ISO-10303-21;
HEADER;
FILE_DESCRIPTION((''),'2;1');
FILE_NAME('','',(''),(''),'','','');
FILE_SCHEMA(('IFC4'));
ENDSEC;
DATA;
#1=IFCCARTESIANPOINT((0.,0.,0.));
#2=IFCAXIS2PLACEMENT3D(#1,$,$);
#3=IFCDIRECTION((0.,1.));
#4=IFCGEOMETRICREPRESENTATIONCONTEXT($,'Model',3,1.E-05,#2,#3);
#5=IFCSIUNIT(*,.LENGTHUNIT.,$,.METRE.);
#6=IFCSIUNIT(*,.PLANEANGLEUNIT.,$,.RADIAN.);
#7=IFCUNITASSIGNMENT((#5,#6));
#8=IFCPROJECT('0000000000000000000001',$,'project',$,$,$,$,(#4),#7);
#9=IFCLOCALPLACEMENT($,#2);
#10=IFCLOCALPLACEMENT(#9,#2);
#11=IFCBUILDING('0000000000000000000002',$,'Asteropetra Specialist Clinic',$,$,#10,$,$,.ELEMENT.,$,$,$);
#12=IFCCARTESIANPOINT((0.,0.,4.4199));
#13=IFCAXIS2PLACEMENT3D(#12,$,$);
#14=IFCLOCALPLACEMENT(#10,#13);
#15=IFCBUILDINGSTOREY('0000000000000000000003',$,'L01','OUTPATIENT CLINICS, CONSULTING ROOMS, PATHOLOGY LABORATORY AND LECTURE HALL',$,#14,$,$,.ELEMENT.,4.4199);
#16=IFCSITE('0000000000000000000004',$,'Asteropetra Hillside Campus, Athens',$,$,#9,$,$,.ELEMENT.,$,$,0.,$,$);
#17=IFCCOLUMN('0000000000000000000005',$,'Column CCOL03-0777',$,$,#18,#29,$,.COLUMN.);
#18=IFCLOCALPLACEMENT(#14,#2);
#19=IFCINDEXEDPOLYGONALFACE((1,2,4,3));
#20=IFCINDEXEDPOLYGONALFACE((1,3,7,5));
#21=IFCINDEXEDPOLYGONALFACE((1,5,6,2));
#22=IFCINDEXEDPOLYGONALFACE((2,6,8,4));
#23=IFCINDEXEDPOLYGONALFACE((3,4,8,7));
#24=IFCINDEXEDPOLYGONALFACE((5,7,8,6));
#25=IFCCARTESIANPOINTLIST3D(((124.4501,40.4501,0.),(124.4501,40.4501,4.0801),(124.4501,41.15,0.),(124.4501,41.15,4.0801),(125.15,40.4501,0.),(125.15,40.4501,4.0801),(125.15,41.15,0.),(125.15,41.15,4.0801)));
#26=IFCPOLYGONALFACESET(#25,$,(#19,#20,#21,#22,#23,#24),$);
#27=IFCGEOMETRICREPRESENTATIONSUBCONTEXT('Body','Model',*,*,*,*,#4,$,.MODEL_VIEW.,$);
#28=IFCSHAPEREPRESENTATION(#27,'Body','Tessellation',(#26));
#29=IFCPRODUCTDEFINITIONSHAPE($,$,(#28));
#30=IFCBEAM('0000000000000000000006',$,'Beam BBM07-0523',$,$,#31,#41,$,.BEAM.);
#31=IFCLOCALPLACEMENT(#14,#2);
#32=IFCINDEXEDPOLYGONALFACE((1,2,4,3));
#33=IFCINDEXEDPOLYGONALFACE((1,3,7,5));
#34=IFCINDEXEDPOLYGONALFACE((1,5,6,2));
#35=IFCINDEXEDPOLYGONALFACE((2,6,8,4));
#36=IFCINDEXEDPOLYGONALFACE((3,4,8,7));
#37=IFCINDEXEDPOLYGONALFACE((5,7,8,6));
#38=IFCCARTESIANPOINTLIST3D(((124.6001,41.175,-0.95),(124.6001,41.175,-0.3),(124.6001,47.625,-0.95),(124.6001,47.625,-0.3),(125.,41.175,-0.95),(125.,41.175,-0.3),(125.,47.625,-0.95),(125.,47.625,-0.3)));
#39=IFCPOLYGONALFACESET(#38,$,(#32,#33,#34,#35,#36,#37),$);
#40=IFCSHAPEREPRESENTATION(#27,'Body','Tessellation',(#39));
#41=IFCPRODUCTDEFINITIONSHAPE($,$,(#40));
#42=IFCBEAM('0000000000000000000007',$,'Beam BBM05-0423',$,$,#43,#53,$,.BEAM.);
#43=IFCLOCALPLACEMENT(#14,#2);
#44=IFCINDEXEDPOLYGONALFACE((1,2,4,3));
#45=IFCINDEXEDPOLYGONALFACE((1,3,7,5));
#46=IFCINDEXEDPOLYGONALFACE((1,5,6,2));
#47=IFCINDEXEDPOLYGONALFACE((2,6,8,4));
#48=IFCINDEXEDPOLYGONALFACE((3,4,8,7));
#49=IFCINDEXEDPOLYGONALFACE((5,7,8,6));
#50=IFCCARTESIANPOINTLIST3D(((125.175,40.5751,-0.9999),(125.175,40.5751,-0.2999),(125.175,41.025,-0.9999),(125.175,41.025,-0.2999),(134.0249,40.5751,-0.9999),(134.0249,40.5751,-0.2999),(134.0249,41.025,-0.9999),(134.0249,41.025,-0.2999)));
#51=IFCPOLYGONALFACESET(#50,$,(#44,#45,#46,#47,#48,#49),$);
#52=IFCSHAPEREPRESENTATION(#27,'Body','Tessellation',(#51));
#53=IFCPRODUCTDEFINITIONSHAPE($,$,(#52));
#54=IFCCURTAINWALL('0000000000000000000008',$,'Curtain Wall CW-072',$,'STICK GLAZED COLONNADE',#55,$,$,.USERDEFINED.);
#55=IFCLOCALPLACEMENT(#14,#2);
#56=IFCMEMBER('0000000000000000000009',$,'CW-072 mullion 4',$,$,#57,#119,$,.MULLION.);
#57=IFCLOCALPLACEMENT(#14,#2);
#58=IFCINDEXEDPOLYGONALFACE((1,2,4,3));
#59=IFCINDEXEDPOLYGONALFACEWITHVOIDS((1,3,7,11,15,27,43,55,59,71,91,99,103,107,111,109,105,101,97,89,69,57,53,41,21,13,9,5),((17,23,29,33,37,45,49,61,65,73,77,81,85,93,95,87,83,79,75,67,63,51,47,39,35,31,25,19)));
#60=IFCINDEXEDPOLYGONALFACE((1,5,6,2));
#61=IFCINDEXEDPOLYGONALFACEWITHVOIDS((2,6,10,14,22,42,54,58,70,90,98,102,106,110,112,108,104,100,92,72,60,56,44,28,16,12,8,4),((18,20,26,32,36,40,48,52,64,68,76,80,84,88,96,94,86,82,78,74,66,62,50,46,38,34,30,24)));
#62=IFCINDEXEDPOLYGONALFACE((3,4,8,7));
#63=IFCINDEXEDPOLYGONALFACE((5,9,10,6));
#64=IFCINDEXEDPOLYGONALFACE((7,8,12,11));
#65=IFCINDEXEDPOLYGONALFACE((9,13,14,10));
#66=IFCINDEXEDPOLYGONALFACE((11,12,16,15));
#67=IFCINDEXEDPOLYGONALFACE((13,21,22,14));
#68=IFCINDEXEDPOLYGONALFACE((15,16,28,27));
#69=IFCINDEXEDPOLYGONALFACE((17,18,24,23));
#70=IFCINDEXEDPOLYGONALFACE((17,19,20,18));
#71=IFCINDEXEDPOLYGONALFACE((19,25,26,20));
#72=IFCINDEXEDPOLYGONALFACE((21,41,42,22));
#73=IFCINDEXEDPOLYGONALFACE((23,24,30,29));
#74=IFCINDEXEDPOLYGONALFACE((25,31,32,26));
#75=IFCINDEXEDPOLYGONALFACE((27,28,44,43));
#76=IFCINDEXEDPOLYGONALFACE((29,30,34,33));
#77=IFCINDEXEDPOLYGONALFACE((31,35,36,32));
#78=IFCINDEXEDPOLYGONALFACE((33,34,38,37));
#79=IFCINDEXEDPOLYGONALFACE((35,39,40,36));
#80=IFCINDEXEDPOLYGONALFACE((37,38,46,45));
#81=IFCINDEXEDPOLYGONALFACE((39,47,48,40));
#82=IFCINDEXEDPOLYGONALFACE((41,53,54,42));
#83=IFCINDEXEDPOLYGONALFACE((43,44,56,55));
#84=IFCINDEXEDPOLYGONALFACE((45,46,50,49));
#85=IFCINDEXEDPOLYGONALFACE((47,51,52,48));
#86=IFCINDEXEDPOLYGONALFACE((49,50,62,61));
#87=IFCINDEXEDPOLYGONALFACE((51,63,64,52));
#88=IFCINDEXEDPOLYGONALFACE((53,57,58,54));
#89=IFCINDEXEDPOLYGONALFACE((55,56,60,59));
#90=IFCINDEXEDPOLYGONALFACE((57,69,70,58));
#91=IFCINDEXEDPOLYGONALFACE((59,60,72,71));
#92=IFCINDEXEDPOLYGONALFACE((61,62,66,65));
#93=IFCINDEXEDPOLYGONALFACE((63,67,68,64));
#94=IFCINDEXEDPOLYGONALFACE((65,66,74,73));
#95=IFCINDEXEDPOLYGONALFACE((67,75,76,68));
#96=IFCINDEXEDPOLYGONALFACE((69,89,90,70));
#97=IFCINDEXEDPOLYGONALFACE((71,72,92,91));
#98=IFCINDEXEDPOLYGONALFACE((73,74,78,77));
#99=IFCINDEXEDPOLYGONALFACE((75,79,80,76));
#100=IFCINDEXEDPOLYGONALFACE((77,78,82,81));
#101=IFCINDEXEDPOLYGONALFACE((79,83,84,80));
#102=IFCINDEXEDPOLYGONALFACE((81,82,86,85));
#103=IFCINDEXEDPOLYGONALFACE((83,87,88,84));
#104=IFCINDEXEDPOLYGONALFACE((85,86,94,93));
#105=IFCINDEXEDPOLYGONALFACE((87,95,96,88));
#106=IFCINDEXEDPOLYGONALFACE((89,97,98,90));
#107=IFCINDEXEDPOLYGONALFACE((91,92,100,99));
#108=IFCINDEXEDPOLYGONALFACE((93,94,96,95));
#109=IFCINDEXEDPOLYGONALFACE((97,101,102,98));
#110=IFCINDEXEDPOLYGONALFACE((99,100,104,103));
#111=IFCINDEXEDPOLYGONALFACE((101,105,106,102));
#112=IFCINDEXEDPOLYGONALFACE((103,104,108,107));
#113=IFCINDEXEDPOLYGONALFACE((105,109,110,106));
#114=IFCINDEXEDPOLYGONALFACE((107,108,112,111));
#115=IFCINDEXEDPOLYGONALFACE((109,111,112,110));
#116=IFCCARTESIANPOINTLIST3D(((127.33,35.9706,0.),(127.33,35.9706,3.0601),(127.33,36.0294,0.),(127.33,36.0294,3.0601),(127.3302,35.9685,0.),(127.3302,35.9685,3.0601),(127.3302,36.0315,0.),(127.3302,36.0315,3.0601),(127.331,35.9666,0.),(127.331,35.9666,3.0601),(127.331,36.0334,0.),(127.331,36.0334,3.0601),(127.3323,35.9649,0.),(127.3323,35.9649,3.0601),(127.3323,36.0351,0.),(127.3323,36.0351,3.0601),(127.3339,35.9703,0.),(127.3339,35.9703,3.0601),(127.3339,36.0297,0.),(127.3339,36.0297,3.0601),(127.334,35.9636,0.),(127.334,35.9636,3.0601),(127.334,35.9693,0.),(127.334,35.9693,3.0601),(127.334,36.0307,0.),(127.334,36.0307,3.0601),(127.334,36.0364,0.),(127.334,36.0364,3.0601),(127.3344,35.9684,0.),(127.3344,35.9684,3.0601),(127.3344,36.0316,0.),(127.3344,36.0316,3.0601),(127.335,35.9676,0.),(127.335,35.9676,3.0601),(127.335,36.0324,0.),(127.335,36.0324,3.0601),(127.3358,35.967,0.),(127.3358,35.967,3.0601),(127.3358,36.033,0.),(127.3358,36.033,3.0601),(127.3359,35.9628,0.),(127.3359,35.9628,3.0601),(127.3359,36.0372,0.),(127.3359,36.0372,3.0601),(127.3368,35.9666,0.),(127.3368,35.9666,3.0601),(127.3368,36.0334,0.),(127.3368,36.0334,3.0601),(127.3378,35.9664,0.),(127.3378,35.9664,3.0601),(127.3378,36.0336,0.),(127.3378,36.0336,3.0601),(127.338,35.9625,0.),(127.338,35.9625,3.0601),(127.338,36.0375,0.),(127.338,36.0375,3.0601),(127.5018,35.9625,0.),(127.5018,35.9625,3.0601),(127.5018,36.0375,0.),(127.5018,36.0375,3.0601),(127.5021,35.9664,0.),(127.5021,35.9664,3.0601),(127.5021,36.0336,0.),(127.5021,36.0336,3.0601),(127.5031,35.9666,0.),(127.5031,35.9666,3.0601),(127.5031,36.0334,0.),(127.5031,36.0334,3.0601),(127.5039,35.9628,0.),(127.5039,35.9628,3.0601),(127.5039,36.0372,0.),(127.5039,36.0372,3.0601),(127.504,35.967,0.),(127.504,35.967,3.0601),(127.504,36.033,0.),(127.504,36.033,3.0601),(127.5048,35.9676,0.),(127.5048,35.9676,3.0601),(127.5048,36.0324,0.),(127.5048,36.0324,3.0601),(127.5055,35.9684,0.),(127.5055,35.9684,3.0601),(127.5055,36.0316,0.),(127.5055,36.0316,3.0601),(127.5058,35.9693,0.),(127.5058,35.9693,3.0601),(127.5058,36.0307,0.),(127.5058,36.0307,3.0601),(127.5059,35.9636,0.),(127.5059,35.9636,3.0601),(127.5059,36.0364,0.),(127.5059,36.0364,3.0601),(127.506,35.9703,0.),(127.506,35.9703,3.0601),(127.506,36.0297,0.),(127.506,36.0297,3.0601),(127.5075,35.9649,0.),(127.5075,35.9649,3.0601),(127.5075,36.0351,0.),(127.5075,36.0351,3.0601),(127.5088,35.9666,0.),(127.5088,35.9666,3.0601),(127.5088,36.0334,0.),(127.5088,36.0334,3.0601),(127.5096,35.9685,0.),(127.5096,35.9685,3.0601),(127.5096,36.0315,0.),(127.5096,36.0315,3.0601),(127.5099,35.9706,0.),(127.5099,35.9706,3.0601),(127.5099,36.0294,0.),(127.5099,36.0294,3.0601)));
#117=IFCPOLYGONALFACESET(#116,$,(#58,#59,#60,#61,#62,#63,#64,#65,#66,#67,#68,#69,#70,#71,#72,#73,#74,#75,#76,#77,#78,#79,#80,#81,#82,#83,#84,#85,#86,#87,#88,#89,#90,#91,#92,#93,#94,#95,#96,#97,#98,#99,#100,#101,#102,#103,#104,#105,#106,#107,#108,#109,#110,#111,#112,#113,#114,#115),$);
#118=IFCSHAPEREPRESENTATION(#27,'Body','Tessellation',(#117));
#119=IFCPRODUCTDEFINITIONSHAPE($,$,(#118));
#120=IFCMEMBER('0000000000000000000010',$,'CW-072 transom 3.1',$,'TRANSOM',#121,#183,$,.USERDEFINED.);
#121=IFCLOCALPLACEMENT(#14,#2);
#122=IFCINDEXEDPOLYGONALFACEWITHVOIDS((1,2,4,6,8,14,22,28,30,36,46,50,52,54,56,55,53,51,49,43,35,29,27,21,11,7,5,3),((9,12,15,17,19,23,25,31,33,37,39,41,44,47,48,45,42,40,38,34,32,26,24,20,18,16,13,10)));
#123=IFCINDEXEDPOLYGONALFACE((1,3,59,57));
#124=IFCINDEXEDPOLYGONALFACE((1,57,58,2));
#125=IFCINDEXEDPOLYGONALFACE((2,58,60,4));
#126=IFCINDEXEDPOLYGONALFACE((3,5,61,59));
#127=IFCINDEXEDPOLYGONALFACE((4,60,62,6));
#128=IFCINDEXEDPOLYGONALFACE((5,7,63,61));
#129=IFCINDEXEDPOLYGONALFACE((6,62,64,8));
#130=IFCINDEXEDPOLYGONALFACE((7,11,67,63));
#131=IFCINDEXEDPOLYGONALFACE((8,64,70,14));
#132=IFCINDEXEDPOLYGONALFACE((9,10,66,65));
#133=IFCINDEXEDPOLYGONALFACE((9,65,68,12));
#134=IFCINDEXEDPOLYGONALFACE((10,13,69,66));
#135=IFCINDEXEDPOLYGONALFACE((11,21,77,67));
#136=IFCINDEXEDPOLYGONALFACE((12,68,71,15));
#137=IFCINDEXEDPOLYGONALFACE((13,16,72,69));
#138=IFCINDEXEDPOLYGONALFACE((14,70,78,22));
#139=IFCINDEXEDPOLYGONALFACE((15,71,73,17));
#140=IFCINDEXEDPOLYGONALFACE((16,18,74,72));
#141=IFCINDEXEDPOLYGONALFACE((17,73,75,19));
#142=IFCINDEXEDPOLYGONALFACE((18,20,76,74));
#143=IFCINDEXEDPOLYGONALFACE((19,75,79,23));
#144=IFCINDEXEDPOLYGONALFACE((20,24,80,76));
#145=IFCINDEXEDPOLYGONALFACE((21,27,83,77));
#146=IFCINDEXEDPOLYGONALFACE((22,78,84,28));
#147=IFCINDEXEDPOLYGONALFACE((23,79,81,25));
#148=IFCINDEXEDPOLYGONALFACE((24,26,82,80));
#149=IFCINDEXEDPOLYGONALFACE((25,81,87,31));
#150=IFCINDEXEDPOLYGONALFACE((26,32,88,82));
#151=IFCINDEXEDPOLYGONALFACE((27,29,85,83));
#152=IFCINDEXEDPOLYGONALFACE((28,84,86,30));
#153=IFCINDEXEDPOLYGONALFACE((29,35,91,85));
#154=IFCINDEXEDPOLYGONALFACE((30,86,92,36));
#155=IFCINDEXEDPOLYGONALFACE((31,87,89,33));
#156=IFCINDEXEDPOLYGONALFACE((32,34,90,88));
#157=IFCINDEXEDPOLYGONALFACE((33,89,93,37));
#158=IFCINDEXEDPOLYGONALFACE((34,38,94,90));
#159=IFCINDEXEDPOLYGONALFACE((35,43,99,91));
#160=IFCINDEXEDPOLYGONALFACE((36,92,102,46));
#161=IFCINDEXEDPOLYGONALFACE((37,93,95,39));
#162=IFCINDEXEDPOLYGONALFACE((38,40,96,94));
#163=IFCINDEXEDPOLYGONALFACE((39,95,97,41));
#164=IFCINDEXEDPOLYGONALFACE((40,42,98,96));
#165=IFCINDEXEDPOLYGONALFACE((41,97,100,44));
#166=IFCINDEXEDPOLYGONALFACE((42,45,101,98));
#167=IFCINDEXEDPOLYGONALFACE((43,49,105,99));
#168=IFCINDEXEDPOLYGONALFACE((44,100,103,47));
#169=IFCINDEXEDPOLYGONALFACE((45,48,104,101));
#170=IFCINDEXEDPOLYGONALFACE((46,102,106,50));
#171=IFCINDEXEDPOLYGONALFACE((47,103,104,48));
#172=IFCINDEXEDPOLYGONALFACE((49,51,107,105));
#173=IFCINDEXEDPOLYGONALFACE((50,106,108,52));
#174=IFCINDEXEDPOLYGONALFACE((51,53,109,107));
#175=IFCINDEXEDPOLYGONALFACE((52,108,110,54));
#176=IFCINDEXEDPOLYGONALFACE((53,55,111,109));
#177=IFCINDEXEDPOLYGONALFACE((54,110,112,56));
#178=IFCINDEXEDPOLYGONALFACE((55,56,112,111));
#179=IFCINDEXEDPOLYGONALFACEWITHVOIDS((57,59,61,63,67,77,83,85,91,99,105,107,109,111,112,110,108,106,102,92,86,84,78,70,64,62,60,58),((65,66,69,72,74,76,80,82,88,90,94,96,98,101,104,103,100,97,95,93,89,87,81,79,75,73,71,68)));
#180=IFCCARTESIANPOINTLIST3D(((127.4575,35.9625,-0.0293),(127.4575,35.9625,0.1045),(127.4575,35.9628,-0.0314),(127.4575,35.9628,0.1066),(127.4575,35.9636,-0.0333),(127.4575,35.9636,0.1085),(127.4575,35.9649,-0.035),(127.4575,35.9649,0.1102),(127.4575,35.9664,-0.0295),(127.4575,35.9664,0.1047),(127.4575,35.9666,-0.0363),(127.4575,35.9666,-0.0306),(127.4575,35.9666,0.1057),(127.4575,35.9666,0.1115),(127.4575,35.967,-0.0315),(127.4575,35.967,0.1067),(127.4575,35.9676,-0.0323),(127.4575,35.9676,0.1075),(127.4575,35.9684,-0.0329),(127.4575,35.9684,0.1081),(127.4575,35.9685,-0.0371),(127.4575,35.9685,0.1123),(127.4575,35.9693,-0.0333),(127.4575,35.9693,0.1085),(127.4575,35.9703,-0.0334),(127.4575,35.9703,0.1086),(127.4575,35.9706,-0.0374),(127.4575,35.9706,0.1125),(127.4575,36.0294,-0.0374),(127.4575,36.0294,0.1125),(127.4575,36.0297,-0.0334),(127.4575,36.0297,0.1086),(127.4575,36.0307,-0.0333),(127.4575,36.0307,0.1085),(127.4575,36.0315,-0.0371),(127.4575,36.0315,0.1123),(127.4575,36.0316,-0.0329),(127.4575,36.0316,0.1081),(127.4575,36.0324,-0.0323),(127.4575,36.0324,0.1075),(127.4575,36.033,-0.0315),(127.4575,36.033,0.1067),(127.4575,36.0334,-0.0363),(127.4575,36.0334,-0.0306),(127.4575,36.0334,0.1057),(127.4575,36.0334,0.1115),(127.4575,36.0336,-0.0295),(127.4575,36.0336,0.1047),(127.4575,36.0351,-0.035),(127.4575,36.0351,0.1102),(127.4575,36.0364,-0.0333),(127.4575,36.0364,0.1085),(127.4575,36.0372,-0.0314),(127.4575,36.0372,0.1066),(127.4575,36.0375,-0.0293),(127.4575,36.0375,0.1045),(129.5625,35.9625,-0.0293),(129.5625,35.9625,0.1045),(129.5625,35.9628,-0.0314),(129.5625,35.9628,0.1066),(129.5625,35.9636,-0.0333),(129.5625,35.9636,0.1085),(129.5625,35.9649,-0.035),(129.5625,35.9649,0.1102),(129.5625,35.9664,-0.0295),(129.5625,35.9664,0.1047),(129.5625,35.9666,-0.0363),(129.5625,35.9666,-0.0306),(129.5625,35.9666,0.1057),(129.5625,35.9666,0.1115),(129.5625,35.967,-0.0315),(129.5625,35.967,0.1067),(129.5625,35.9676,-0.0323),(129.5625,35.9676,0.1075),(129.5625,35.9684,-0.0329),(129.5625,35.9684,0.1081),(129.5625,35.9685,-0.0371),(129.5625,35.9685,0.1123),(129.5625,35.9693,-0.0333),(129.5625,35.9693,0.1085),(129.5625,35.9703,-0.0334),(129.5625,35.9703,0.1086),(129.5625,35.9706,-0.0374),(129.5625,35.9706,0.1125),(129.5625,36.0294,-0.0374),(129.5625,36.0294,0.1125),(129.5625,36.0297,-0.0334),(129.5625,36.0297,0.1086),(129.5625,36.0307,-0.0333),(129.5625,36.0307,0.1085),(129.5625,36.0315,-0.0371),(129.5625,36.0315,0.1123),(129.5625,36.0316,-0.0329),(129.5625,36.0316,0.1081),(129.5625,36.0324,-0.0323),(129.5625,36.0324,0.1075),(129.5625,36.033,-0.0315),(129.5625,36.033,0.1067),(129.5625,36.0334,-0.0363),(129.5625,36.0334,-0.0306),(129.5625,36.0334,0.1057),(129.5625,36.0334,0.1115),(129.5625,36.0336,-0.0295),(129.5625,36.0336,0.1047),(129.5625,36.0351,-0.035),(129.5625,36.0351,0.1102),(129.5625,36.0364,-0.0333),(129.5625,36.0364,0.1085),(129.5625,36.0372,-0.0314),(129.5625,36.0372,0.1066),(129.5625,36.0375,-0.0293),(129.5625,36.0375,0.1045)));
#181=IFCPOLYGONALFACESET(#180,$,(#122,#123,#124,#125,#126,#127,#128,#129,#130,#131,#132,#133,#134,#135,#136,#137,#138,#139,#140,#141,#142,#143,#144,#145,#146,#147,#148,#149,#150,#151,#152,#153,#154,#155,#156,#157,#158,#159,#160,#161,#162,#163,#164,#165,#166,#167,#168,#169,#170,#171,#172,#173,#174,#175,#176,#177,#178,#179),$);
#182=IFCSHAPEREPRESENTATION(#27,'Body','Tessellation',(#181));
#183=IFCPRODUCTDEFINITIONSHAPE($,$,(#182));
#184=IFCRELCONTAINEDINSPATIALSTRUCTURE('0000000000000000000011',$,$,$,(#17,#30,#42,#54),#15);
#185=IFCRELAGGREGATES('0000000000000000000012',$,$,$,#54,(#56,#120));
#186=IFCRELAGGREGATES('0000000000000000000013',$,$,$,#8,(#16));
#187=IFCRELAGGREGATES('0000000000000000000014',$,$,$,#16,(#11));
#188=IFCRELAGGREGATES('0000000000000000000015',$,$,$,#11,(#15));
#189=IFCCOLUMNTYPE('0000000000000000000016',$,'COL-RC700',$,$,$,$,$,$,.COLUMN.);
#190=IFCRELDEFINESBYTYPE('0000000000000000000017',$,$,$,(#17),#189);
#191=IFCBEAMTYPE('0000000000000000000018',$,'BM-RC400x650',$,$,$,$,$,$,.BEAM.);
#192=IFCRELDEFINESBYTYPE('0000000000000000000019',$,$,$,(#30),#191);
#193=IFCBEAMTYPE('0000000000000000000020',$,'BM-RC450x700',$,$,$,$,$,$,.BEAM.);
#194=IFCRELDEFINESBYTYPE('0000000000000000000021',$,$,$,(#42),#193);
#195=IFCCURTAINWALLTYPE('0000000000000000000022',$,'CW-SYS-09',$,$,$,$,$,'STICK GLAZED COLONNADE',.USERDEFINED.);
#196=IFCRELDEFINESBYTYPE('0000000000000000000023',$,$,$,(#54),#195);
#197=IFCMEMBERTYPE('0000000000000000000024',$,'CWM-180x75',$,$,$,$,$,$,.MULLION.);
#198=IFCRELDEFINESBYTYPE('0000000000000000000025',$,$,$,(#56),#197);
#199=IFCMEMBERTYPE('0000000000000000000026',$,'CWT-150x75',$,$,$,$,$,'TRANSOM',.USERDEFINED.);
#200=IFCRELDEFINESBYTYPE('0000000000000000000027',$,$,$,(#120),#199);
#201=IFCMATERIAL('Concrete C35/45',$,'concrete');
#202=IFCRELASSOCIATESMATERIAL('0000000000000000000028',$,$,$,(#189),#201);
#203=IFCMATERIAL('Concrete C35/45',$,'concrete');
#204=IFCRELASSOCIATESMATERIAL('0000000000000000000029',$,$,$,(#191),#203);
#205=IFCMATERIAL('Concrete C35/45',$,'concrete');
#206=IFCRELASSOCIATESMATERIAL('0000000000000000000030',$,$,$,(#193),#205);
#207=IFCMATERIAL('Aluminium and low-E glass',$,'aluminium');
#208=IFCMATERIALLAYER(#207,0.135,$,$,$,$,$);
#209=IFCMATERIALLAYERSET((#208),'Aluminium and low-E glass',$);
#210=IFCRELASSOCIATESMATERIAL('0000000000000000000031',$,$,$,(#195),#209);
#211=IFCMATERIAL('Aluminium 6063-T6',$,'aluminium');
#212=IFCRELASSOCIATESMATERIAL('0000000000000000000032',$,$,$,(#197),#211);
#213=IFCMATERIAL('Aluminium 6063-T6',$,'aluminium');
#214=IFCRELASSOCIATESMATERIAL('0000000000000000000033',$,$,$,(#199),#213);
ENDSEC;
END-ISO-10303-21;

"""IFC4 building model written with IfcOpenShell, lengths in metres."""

from ifc_helpers import new_model, si_unit, direction, frame, origin, origin_2d, place, context, subcontext, project, spatial, rectangle, hollow_rectangle, extrude, material, layer, layer_set, material_profile, profile_set, type_object, element, aggregate, save


model = new_model("IFC4")

# Units and contexts
model_context = context("Model", 3, precision=1e-05, world=origin(), true_north=direction((0.0, 1.0)))
body_context = subcontext(model_context, "Body", "Model", "MODEL_VIEW")
ifc_project = project(units=[si_unit("LENGTHUNIT", "METRE"), si_unit("PLANEANGLEUNIT", "RADIAN")], contexts=[model_context])

# Site, building, storey
site_placement = place(None, origin())
site = spatial("IfcSite", under=ifc_project, at=site_placement, Name="Asteropetra Hillside Campus, Athens", CompositionType="ELEMENT", RefElevation=0.0)
building_placement = place(site_placement, origin())
building = spatial("IfcBuilding", under=site, at=building_placement, Name="Asteropetra Specialist Clinic", CompositionType="ELEMENT")
storey_placement = place(building_placement, frame((0.0, 0.0, 4.4199)))
storey = spatial("IfcBuildingStorey", under=building, at=storey_placement, Name="L01", Description="OUTPATIENT CLINICS, CONSULTING ROOMS, PATHOLOGY LABORATORY AND LECTURE HALL", CompositionType="ELEMENT", Elevation=4.4199)

# Column
ifc_material_1 = material(Name="Concrete C35/45", Category="concrete")
ifc_material_profile_1 = material_profile(ifc_material_1, rectangle(XDim=0.7, YDim=0.7, at=origin_2d()), Name="RC 700x700")
ifc_profile_set_1 = profile_set([ifc_material_profile_1], Name="Concrete C35/45")
column_type = type_object("IfcColumnType", Name="COL-RC700", PredefinedType="COLUMN", material=ifc_profile_set_1)
column_placement = place(storey_placement, frame((124.8, 40.8, 0.0), z_axis=(0.0, 0.0, 1.0), x_axis=(1.0, 0.0, 0.0)))
element("IfcColumn", 1, at=column_placement, inside=storey, type_object=column_type, Name="Column CCOL03-0777", PredefinedType="COLUMN", context=body_context, shape_type="SweptSolid", body=[
    extrude(rectangle(XDim=0.7, YDim=0.7, at=origin_2d()), origin(), (0.0, 0.0, 1.0), 4.0801),
])

# Beams
ifc_material_2 = material(Name="Concrete C35/45", Category="concrete")
ifc_material_profile_2 = material_profile(ifc_material_2, rectangle(XDim=0.3999, YDim=0.6499, at=origin_2d()), Name="RCB 400x650")
ifc_profile_set_2 = profile_set([ifc_material_profile_2], Name="Concrete C35/45")
beam_type_1 = type_object("IfcBeamType", Name="BM-RC400x650", PredefinedType="BEAM", material=ifc_profile_set_2)
beam_1_placement = place(storey_placement, frame((124.8, 41.175, -0.625), z_axis=(0.0, 1.0, 0.0), x_axis=(-1.0, 0.0, 0.0)))
element("IfcBeam", 2, at=beam_1_placement, inside=storey, type_object=beam_type_1, Name="Beam BBM07-0523", PredefinedType="BEAM", context=body_context, shape_type="SweptSolid", body=[
    extrude(rectangle(XDim=0.3999, YDim=0.6499, at=origin_2d()), origin(), (0.0, 0.0, 1.0), 6.45),
])
ifc_material_3 = material(Name="Concrete C35/45", Category="concrete")
ifc_material_profile_3 = material_profile(ifc_material_3, rectangle(XDim=0.45, YDim=0.7, at=origin_2d()), Name="RCB 450x700")
ifc_profile_set_3 = profile_set([ifc_material_profile_3], Name="Concrete C35/45")
beam_type_2 = type_object("IfcBeamType", Name="BM-RC450x700", PredefinedType="BEAM", material=ifc_profile_set_3)
beam_2_placement = place(storey_placement, frame((125.175, 40.8, -0.6499), z_axis=(1.0, 0.0, 0.0), x_axis=(0.0, 1.0, 0.0)))
element("IfcBeam", 3, at=beam_2_placement, inside=storey, type_object=beam_type_2, Name="Beam BBM05-0423", PredefinedType="BEAM", context=body_context, shape_type="SweptSolid", body=[
    extrude(rectangle(XDim=0.45, YDim=0.7, at=origin_2d()), origin(), (0.0, 0.0, 1.0), 8.8499),
])

# Curtain wall, members
ifc_material_4 = material(Name="Aluminium and low-E glass", Category="aluminium")
ifc_layer_1 = layer(ifc_material_4, 0.135)
ifc_layer_set_1 = layer_set([ifc_layer_1], Name="Aluminium and low-E glass")
curtain_wall_type = type_object("IfcCurtainWallType", Name="CW-SYS-09", ElementType="STICK GLAZED COLONNADE", PredefinedType="USERDEFINED", material=ifc_layer_set_1)
curtain_wall_placement = place(storey_placement, origin())
curtain_wall = element("IfcCurtainWall", 4, at=curtain_wall_placement, inside=storey, type_object=curtain_wall_type, Name="Curtain Wall CW-072", ObjectType="STICK GLAZED COLONNADE", PredefinedType="USERDEFINED")
ifc_material_5 = material(Name="Aluminium 6063-T6", Category="aluminium")
ifc_material_profile_4 = material_profile(ifc_material_5, hollow_rectangle(XDim=0.075, YDim=0.1799, WallThickness=0.0039, InnerFilletRadius=0.0039, OuterFilletRadius=0.0081, at=origin_2d()), Name="MUL 180x75x4.0")
ifc_profile_set_4 = profile_set([ifc_material_profile_4], Name="Aluminium 6063-T6")
member_type_1 = type_object("IfcMemberType", Name="CWM-180x75", PredefinedType="MULLION", material=ifc_profile_set_4)
member_1_placement = place(storey_placement, frame((127.4199, 36.0, 0.0), z_axis=(0.0, 0.0, 1.0), x_axis=(0.0, -1.0, 0.0)))
member_1 = element("IfcMember", 5, at=member_1_placement, type_object=member_type_1, Name="CW-072 mullion 4", PredefinedType="MULLION", context=body_context, shape_type="SweptSolid", body=[
    extrude(hollow_rectangle(XDim=0.075, YDim=0.1799, WallThickness=0.0039, InnerFilletRadius=0.0039, OuterFilletRadius=0.0081, at=origin_2d()), origin(), (0.0, 0.0, 1.0), 3.0601),
])
ifc_material_6 = material(Name="Aluminium 6063-T6", Category="aluminium")
ifc_material_profile_5 = material_profile(ifc_material_6, hollow_rectangle(XDim=0.075, YDim=0.1499, WallThickness=0.0039, InnerFilletRadius=0.0039, OuterFilletRadius=0.0081, at=origin_2d()), Name="TRN 150x75x4.0")
ifc_profile_set_5 = profile_set([ifc_material_profile_5], Name="Aluminium 6063-T6")
member_type_2 = type_object("IfcMemberType", Name="CWT-150x75", ElementType="TRANSOM", PredefinedType="USERDEFINED", material=ifc_profile_set_5)
member_2_placement = place(storey_placement, frame((129.5625, 36.0, 0.0376), z_axis=(-1.0, 0.0, 0.0), x_axis=(0.0, -1.0, 0.0)))
member_2 = element("IfcMember", 6, at=member_2_placement, type_object=member_type_2, Name="CW-072 transom 3.1", ObjectType="TRANSOM", PredefinedType="USERDEFINED", context=body_context, shape_type="SweptSolid", body=[
    extrude(hollow_rectangle(XDim=0.075, YDim=0.1499, WallThickness=0.0039, InnerFilletRadius=0.0039, OuterFilletRadius=0.0081, at=origin_2d()), origin(), (0.0, 0.0, 1.0), 2.105),
])
aggregate(curtain_wall, [member_1, member_2])

save(model, "model.ifc")
